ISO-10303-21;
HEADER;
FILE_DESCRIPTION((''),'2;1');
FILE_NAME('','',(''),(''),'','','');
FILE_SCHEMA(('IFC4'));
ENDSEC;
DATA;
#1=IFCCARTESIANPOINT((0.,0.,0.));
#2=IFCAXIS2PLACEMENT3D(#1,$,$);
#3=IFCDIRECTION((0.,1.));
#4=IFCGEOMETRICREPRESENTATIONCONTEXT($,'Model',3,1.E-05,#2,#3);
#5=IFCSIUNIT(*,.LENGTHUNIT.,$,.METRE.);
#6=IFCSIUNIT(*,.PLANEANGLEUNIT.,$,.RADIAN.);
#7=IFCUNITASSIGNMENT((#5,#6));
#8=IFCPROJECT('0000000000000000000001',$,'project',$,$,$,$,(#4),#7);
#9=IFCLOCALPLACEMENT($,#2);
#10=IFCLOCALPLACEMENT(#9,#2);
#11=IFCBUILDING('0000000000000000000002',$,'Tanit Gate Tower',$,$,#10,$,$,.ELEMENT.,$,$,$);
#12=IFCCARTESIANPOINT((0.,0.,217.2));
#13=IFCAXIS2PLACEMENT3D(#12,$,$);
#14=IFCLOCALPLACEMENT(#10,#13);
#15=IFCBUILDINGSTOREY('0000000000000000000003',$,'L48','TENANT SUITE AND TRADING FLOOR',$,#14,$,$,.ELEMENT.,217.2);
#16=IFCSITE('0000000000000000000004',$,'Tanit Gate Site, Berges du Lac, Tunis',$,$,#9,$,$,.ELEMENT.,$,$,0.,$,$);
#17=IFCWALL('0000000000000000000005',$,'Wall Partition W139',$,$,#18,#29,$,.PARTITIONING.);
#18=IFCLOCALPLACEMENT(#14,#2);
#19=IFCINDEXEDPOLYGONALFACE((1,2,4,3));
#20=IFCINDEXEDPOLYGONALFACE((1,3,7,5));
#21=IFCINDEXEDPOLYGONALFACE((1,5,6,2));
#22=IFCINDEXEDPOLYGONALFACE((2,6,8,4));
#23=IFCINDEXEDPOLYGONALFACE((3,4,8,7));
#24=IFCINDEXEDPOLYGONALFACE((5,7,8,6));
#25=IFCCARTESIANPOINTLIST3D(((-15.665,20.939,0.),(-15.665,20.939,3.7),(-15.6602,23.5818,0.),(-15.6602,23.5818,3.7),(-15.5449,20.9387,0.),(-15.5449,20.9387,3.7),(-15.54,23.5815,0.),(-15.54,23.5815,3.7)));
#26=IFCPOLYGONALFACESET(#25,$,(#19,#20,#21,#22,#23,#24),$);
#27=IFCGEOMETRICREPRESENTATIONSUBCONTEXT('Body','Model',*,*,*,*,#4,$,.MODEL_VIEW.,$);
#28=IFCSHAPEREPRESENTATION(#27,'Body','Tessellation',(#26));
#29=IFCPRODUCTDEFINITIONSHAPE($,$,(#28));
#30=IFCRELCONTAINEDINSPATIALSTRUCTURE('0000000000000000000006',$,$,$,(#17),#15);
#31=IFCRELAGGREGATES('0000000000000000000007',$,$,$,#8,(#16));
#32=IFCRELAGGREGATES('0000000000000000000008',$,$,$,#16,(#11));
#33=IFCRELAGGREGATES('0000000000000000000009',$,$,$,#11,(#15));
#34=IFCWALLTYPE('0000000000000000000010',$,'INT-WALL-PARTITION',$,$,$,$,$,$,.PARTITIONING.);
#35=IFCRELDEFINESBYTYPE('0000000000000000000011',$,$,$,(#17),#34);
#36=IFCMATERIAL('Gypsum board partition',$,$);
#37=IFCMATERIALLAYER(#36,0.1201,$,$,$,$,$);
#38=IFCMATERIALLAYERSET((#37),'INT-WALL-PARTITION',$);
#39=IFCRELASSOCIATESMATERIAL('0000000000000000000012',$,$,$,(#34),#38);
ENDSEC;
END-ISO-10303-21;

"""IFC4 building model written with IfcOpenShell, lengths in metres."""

from ifc_helpers import new_model, si_unit, direction, frame, frame_2d, origin, place, context, subcontext, project, spatial, rectangle, extrude, material, layer, layer_set, type_object, element, save


model = new_model("IFC4")

# Units and contexts
model_context = context("Model", 3, precision=1e-05, world=origin(), true_north=direction((0.0, 1.0)))
body_context = subcontext(model_context, "Body", "Model", "MODEL_VIEW")
ifc_project = project(units=[si_unit("LENGTHUNIT", "METRE"), si_unit("PLANEANGLEUNIT", "RADIAN")], contexts=[model_context])

# Site, building, storey
site_placement = place(None, origin())
site = spatial("IfcSite", under=ifc_project, at=site_placement, Name="Tanit Gate Site, Berges du Lac, Tunis", CompositionType="ELEMENT", RefElevation=0.0)
building_placement = place(site_placement, origin())
building = spatial("IfcBuilding", under=site, at=building_placement, Name="Tanit Gate Tower", CompositionType="ELEMENT")
storey_placement = place(building_placement, frame((0.0, 0.0, 217.2)))
storey = spatial("IfcBuildingStorey", under=building, at=storey_placement, Name="L48", Description="TENANT SUITE AND TRADING FLOOR", CompositionType="ELEMENT", Elevation=217.2)

# Shared definitions
ifc_material_1 = material(Name="Gypsum board partition")
ifc_layer_1 = layer(ifc_material_1, 0.1201)
ifc_layer_set_1 = layer_set([ifc_layer_1], Name="INT-WALL-PARTITION")
wall_type_1 = type_object("IfcWallType", Name="INT-WALL-PARTITION", PredefinedType="PARTITIONING", material=ifc_layer_set_1)

# Wall
wall_1_placement = place(storey_placement, frame((-15.605, 20.939, 0.0), z_axis=(0.0, 0.0, 1.0), x_axis=(0.001848, 0.999998, 0.0)))
element("IfcWall", 1, at=wall_1_placement, inside=storey, type_object=wall_type_1, Name="Wall Partition W139", PredefinedType="PARTITIONING", context=body_context, shape_type="SweptSolid", body=[
    extrude(rectangle(XDim=2.6428, YDim=0.1201, at=frame_2d((1.3213, 0.0))), origin(), (0.0, 0.0, 1.0), 3.7),
])

save(model, "model.ifc")
